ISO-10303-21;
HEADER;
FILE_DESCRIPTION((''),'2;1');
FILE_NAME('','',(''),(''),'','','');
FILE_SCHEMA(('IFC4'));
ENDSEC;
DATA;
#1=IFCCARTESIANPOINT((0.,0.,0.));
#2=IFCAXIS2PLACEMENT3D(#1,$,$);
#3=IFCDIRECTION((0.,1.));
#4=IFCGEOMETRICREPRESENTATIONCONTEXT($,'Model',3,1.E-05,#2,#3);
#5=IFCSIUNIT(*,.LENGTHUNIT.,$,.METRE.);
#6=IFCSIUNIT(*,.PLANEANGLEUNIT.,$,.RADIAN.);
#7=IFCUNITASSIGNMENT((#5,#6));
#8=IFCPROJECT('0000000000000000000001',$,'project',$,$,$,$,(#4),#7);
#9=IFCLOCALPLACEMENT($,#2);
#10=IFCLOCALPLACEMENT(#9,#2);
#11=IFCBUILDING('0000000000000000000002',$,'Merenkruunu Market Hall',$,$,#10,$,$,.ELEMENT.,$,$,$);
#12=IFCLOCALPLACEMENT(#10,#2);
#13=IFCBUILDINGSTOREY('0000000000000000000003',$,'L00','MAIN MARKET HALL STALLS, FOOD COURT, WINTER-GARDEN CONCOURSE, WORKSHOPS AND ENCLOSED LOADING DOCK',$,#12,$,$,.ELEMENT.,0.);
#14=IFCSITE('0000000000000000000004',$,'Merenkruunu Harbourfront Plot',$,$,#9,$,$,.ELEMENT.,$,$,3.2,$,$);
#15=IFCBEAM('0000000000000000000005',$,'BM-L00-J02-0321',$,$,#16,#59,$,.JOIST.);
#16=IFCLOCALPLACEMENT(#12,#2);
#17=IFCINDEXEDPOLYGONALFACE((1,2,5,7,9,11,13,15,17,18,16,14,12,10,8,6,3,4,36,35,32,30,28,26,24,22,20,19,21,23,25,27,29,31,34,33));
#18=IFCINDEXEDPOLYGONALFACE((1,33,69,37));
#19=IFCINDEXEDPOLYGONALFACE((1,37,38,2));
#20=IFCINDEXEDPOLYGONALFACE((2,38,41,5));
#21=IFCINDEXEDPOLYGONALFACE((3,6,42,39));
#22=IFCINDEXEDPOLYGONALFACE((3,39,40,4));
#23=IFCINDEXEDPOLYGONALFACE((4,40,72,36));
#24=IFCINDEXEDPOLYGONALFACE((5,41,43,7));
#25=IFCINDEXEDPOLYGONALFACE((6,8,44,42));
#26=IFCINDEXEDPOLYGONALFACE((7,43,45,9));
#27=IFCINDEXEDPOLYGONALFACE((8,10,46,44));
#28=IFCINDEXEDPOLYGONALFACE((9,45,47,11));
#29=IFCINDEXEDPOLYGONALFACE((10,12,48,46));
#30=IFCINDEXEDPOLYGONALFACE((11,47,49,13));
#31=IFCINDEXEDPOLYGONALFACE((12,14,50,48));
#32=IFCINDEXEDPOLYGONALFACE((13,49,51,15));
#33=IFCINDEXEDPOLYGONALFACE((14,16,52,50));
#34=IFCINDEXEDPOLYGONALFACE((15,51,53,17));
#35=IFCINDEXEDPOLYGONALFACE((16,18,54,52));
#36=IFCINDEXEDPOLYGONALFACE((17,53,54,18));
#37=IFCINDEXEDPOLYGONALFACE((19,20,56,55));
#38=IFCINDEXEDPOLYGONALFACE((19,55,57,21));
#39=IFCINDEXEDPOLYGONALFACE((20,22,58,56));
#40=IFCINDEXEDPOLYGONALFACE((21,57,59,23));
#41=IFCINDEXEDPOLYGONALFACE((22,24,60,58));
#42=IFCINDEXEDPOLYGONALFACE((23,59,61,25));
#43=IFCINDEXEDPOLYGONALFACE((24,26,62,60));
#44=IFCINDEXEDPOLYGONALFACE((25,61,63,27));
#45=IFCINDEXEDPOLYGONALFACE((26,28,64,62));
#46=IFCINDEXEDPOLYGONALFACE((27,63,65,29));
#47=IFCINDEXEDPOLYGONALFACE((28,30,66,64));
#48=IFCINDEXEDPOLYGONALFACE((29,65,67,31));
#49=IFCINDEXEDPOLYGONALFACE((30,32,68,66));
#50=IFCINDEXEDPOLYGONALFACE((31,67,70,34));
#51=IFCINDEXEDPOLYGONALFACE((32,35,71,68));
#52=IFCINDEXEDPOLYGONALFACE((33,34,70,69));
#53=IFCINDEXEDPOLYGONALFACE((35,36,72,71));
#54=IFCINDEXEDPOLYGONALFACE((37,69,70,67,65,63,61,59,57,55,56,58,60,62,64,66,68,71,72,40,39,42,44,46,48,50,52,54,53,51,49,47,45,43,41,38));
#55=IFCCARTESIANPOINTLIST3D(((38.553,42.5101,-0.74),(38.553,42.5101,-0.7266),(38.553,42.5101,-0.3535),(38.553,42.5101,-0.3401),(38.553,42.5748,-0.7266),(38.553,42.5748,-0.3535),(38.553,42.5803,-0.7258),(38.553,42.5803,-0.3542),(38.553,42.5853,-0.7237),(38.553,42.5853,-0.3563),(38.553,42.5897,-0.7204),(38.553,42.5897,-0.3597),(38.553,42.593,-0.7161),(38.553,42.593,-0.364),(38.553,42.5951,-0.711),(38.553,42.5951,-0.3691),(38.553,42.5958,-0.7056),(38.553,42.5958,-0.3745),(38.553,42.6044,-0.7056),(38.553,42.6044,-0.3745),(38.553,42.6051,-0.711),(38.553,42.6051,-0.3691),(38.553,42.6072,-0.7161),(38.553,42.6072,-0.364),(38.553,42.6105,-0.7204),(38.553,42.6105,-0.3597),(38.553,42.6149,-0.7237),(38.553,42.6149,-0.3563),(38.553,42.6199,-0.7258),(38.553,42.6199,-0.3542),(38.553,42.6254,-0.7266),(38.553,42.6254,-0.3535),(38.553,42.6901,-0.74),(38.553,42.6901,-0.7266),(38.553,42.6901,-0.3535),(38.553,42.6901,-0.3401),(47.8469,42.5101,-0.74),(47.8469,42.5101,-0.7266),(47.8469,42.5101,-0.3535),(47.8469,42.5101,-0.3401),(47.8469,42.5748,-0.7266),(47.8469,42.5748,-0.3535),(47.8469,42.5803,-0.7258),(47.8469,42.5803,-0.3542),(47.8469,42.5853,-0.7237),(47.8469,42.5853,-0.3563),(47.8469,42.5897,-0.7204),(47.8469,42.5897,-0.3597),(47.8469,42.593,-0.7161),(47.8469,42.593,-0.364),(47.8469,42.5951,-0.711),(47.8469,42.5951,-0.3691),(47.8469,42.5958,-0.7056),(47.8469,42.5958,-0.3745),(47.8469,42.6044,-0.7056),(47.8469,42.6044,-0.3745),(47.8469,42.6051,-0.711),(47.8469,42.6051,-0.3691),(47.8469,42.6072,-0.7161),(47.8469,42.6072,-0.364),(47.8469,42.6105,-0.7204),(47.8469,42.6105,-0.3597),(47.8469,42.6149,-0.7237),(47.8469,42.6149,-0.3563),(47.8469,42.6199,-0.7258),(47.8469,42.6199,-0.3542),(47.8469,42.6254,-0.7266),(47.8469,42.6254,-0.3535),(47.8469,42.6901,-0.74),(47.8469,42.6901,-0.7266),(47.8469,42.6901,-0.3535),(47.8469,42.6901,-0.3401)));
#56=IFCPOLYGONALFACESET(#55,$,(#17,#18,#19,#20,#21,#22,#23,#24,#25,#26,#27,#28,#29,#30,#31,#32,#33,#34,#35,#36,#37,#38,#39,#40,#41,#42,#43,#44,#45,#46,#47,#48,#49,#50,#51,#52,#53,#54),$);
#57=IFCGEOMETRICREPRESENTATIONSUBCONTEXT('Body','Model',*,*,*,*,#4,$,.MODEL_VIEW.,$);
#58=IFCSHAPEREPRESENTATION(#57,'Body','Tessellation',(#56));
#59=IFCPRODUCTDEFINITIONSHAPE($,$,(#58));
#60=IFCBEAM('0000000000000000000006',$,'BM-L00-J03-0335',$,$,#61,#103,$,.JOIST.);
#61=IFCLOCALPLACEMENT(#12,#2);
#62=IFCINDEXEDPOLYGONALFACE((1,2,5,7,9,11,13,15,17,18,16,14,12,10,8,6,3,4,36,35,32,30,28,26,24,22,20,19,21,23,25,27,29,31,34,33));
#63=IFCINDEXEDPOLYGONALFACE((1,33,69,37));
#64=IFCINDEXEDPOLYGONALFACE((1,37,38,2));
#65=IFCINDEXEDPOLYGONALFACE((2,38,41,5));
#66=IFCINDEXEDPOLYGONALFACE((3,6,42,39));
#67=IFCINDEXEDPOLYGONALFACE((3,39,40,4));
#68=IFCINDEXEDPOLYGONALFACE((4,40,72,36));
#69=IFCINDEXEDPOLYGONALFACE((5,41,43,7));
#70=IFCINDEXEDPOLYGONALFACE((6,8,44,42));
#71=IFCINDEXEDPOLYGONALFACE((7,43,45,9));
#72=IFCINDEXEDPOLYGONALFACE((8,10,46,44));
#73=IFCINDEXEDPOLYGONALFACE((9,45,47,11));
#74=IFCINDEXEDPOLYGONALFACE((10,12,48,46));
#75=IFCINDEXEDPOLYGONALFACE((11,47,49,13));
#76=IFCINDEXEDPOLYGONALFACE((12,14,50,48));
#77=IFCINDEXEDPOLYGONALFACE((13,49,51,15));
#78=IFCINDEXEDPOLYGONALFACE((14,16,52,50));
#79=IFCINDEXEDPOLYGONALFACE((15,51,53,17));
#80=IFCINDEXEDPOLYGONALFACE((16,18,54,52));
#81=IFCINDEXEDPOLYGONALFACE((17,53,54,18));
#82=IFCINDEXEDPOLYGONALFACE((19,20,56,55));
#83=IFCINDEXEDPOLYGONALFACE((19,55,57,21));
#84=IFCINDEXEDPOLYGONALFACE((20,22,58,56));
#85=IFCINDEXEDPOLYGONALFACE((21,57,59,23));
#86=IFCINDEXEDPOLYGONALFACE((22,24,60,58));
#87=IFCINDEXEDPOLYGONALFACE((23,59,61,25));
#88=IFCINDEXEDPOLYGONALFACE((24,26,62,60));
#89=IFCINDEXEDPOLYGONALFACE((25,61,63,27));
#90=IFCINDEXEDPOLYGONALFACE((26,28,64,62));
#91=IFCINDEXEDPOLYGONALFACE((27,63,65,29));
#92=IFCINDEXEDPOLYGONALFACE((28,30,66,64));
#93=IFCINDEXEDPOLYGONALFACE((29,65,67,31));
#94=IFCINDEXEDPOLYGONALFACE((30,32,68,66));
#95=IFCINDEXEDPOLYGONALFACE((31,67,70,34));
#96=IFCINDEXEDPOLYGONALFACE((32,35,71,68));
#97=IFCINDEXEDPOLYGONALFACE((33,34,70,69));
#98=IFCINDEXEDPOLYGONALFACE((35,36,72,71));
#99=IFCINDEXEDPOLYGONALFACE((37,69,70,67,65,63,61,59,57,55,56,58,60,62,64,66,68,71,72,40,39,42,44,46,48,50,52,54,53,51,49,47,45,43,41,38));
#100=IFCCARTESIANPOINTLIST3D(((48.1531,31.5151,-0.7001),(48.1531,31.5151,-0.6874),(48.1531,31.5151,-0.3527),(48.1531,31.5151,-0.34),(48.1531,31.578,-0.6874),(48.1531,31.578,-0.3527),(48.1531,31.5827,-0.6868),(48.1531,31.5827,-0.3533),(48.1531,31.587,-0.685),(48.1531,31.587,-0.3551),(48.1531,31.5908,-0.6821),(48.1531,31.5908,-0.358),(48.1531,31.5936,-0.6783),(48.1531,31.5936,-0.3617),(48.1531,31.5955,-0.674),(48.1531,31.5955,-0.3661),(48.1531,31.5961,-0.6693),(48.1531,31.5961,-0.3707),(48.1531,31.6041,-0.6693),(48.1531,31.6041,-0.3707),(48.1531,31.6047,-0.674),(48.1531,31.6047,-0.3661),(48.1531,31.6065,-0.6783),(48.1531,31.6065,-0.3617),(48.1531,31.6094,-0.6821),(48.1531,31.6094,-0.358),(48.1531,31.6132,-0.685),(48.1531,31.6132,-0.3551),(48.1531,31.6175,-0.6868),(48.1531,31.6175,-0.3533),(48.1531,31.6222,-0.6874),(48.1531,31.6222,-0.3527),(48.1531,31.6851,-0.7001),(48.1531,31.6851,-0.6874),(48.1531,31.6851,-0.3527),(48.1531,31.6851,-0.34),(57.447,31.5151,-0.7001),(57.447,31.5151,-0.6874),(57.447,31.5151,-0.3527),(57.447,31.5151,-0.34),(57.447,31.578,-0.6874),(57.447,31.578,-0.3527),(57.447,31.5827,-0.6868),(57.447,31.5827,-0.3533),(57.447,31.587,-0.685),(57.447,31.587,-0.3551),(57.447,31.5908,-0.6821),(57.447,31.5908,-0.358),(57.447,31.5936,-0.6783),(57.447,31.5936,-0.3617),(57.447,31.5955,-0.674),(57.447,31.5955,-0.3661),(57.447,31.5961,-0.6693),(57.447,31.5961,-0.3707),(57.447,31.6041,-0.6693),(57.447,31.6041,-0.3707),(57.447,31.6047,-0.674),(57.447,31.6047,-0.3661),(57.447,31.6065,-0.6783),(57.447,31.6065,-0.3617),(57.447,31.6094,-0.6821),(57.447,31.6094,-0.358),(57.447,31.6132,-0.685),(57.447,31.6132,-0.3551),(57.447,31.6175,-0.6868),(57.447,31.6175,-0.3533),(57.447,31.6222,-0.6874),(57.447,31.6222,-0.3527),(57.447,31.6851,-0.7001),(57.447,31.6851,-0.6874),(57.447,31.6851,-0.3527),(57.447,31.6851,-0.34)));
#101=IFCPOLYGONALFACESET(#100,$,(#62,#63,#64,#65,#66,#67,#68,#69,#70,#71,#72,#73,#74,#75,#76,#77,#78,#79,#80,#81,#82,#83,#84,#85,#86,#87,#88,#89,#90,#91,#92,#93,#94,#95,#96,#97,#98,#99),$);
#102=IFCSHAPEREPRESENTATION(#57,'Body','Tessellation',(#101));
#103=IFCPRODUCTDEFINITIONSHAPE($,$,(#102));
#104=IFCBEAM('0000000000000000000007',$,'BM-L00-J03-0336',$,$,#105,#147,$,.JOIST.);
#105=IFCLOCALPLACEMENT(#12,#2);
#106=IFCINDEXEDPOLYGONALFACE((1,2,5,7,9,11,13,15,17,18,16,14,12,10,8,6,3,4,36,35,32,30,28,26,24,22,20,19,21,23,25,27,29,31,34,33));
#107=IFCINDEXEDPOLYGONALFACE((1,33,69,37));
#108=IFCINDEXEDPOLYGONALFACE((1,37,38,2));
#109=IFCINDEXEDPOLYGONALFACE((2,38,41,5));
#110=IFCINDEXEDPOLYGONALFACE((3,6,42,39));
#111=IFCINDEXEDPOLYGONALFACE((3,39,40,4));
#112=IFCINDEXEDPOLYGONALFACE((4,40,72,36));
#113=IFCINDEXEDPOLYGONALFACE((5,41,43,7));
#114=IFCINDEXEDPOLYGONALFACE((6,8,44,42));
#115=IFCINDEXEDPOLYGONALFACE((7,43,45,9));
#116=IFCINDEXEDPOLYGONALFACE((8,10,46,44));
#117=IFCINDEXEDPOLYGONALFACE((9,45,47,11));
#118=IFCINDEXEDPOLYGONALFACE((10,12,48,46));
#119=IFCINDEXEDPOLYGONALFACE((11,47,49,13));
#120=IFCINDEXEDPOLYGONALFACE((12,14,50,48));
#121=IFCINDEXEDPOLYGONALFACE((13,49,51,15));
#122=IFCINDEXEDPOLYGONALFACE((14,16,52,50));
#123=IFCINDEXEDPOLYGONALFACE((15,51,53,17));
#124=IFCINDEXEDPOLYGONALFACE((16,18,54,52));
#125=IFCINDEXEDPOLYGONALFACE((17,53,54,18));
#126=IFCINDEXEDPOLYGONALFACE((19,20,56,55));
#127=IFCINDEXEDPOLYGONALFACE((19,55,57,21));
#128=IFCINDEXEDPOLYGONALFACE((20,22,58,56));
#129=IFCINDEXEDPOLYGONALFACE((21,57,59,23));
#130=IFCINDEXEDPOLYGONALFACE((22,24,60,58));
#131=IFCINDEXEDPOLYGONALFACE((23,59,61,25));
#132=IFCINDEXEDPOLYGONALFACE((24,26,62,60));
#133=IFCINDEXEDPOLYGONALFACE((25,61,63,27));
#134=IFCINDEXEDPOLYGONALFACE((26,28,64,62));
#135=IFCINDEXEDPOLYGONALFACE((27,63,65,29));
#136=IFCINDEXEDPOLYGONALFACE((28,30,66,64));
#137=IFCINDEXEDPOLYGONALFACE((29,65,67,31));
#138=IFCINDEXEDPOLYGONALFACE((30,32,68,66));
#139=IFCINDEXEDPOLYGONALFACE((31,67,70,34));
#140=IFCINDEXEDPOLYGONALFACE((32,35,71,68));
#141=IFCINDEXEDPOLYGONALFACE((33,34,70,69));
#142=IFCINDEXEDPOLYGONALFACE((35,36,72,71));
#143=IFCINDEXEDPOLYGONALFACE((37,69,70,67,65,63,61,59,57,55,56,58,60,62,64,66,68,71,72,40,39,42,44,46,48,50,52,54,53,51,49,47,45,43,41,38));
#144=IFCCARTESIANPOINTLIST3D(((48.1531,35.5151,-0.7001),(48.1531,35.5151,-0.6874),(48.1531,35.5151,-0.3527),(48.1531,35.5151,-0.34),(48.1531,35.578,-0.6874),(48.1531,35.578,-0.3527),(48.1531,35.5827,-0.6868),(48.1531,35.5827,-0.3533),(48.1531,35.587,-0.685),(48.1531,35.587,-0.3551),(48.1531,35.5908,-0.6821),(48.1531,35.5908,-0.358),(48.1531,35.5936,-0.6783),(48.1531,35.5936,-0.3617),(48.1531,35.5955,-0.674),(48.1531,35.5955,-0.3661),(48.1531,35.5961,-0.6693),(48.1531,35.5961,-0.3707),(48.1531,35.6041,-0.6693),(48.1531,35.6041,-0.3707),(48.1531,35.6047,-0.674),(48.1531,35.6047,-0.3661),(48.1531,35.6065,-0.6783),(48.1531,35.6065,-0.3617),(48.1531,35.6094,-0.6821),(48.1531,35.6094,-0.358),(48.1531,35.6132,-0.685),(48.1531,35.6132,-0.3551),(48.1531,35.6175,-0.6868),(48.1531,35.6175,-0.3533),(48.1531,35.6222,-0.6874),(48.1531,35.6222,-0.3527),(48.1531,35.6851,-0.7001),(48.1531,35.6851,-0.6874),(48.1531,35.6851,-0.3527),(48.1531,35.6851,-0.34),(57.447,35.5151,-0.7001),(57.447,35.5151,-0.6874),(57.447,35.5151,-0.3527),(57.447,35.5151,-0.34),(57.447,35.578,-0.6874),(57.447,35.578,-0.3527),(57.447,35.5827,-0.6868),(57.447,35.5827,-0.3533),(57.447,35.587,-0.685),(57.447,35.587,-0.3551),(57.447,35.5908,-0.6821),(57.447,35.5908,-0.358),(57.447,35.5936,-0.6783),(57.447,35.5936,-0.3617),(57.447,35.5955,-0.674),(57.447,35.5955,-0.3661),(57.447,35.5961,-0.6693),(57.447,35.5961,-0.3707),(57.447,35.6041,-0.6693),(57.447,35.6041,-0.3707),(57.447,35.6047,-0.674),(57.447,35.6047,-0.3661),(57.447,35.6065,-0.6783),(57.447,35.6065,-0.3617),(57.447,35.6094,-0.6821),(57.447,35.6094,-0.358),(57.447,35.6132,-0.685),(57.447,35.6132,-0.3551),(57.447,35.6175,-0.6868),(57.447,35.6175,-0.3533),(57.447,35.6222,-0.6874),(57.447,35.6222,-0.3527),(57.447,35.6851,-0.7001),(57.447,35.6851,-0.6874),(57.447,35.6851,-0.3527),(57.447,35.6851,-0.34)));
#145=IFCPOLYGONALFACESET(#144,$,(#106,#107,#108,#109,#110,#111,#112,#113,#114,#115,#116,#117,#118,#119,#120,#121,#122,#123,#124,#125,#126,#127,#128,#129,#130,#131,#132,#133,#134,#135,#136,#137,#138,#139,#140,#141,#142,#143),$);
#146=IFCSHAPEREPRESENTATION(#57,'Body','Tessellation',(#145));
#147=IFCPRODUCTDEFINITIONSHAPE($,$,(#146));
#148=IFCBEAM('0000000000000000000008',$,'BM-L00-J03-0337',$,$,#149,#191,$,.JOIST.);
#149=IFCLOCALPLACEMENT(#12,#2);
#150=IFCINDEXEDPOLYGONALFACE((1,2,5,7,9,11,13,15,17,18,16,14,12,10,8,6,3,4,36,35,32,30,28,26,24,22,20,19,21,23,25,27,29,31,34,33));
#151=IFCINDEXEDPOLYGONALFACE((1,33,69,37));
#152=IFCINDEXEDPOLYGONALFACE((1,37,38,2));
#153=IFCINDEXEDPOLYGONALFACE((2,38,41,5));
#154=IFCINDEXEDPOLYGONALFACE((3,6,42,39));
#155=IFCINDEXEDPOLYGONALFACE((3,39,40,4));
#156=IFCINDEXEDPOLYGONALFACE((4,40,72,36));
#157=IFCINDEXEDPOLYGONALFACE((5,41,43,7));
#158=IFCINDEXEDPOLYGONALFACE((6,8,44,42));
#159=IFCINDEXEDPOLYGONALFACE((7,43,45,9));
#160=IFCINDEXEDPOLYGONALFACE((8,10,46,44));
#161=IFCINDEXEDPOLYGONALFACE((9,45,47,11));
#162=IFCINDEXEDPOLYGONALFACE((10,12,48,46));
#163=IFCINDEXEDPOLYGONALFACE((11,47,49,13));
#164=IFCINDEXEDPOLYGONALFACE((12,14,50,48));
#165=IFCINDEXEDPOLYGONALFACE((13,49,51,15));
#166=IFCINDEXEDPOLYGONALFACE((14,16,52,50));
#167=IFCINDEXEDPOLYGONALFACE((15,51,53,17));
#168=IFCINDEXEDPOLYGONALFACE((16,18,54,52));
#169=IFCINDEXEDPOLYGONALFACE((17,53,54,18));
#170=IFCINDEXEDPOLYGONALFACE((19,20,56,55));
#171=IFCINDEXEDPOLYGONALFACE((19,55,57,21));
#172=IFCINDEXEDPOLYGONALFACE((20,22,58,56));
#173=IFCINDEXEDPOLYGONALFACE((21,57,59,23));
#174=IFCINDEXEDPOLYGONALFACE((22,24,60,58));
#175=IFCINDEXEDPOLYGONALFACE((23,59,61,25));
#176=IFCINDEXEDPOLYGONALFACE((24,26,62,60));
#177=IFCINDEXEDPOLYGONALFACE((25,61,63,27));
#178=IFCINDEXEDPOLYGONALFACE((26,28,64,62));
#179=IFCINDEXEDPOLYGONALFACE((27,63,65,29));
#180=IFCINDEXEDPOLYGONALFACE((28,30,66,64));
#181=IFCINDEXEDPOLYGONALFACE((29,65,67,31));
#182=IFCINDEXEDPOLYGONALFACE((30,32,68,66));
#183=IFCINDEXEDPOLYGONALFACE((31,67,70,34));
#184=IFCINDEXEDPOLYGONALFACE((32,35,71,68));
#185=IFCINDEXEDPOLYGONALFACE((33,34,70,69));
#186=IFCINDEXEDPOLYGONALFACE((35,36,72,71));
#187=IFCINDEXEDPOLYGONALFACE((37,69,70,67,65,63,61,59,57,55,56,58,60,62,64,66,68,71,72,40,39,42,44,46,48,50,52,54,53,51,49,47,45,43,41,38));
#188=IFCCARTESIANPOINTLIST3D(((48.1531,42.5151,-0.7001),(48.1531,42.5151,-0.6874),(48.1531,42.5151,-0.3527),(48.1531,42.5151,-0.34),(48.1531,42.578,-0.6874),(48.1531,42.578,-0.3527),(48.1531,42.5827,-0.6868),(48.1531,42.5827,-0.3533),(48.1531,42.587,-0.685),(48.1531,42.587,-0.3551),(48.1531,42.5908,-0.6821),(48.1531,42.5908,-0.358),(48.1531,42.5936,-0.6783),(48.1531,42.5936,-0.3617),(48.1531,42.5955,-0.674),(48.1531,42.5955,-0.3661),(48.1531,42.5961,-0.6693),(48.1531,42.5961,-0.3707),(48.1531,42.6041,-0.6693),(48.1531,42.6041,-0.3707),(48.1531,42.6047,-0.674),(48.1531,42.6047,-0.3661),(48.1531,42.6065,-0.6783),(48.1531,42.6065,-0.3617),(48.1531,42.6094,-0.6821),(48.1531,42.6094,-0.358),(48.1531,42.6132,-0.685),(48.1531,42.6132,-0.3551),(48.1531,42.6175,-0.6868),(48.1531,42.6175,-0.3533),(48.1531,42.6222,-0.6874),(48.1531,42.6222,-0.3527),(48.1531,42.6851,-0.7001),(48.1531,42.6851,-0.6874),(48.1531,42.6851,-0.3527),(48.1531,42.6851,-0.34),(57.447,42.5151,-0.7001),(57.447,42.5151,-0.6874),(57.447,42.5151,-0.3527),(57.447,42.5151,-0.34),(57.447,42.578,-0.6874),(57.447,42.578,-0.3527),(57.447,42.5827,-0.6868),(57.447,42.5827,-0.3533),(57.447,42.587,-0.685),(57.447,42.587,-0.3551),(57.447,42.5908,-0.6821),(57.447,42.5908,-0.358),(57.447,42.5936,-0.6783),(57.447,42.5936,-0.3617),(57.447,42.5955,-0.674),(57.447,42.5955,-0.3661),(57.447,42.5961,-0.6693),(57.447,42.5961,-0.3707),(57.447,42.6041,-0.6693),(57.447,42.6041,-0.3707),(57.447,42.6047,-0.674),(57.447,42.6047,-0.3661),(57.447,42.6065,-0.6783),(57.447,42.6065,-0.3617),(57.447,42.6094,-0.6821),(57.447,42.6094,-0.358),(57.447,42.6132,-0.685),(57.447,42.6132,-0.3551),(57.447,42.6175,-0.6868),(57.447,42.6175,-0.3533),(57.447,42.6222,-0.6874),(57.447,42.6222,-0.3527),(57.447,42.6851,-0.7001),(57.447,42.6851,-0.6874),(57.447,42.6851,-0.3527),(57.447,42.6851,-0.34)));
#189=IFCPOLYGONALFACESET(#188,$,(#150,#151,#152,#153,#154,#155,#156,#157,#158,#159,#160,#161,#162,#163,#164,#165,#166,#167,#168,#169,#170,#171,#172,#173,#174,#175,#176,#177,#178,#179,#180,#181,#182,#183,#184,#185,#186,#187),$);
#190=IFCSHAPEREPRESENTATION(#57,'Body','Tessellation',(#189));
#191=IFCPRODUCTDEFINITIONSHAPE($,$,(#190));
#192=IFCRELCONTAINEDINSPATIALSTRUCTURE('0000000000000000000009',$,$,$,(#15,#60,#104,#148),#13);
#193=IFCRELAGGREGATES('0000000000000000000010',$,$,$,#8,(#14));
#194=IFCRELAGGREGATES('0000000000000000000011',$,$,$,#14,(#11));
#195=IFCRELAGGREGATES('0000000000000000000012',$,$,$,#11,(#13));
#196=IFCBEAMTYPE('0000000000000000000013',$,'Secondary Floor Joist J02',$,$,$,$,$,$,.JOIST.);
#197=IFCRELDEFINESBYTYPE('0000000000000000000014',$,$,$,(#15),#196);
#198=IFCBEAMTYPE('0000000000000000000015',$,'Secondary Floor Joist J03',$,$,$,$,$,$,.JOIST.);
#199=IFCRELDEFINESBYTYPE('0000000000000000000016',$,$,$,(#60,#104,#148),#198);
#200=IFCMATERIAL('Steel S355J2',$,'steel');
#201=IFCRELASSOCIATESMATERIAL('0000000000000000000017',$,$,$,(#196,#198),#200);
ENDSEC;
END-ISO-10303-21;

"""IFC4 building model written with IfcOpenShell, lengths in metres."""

from ifc_helpers import new_model, si_unit, direction, frame, origin, origin_2d, place, context, subcontext, project, spatial, i_section, extrude, material, material_profile, profile_set, type_object, element, save


model = new_model("IFC4")

# Units and contexts
model_context = context("Model", 3, precision=1e-05, world=origin(), true_north=direction((0.0, 1.0)))
body_context = subcontext(model_context, "Body", "Model", "MODEL_VIEW")
ifc_project = project(units=[si_unit("LENGTHUNIT", "METRE"), si_unit("PLANEANGLEUNIT", "RADIAN")], contexts=[model_context])

# Site, building, storey
site_placement = place(None, origin())
site = spatial("IfcSite", under=ifc_project, at=site_placement, Name="Merenkruunu Harbourfront Plot", CompositionType="ELEMENT", RefElevation=3.2)
building_placement = place(site_placement, origin())
building = spatial("IfcBuilding", under=site, at=building_placement, Name="Merenkruunu Market Hall", CompositionType="ELEMENT")
storey_placement = place(building_placement, origin())
storey = spatial("IfcBuildingStorey", under=building, at=storey_placement, Name="L00", Description="MAIN MARKET HALL STALLS, FOOD COURT, WINTER-GARDEN CONCOURSE, WORKSHOPS AND ENCLOSED LOADING DOCK", CompositionType="ELEMENT", Elevation=0.0)

# Shared definitions
ifc_material_1 = material(Name="Steel S355J2", Category="steel")

# Beams
ifc_material_profile_1 = material_profile(ifc_material_1, i_section(OverallWidth=0.1799, OverallDepth=0.3999, WebThickness=0.0085, FlangeThickness=0.0134, FilletRadius=0.021, at=origin_2d()), Name="IPE 400")
ifc_profile_set_1 = profile_set([ifc_material_profile_1], Name="Steel S355J2")
beam_type_1 = type_object("IfcBeamType", Name="Secondary Floor Joist J02", PredefinedType="JOIST", material=ifc_profile_set_1)
for number, where, z_axis, x_axis, name in (
    (1, (38.553, 42.6001, -0.54), (1.0, 0.0, 0.0), (0.0, 1.0, 0.0), "BM-L00-J02-0321"),
):
    element("IfcBeam", number, at=place(storey_placement, frame(where, z_axis=z_axis, x_axis=x_axis)), inside=storey, type_object=beam_type_1, Name=name, PredefinedType="JOIST", context=body_context, shape_type="SweptSolid", body=[
        extrude(i_section(OverallWidth=0.1799, OverallDepth=0.3999, WebThickness=0.0085, FlangeThickness=0.0134, FilletRadius=0.021, at=origin_2d()), origin(), (0.0, 0.0, 1.0), 9.2939),
    ])
ifc_material_profile_2 = material_profile(ifc_material_1, i_section(OverallWidth=0.1699, OverallDepth=0.3601, WebThickness=0.0081, FlangeThickness=0.0127, FilletRadius=0.0181, at=origin_2d()), Name="IPE 360")
ifc_profile_set_2 = profile_set([ifc_material_profile_2], Name="Steel S355J2")
beam_type_2 = type_object("IfcBeamType", Name="Secondary Floor Joist J03", PredefinedType="JOIST", material=ifc_profile_set_2)
for number, where, z_axis, x_axis, name in (
    (2, (48.1531, 31.6001, -0.52), (1.0, 0.0, 0.0), (0.0, 1.0, 0.0), "BM-L00-J03-0335"),
    (3, (48.1531, 35.6001, -0.52), (1.0, 0.0, 0.0), (0.0, 1.0, 0.0), "BM-L00-J03-0336"),
    (4, (48.1531, 42.6001, -0.52), (1.0, 0.0, 0.0), (0.0, 1.0, 0.0), "BM-L00-J03-0337"),
):
    element("IfcBeam", number, at=place(storey_placement, frame(where, z_axis=z_axis, x_axis=x_axis)), inside=storey, type_object=beam_type_2, Name=name, PredefinedType="JOIST", context=body_context, shape_type="SweptSolid", body=[
        extrude(i_section(OverallWidth=0.1699, OverallDepth=0.3601, WebThickness=0.0081, FlangeThickness=0.0127, FilletRadius=0.0181, at=origin_2d()), origin(), (0.0, 0.0, 1.0), 9.2939),
    ])

save(model, "model.ifc")
